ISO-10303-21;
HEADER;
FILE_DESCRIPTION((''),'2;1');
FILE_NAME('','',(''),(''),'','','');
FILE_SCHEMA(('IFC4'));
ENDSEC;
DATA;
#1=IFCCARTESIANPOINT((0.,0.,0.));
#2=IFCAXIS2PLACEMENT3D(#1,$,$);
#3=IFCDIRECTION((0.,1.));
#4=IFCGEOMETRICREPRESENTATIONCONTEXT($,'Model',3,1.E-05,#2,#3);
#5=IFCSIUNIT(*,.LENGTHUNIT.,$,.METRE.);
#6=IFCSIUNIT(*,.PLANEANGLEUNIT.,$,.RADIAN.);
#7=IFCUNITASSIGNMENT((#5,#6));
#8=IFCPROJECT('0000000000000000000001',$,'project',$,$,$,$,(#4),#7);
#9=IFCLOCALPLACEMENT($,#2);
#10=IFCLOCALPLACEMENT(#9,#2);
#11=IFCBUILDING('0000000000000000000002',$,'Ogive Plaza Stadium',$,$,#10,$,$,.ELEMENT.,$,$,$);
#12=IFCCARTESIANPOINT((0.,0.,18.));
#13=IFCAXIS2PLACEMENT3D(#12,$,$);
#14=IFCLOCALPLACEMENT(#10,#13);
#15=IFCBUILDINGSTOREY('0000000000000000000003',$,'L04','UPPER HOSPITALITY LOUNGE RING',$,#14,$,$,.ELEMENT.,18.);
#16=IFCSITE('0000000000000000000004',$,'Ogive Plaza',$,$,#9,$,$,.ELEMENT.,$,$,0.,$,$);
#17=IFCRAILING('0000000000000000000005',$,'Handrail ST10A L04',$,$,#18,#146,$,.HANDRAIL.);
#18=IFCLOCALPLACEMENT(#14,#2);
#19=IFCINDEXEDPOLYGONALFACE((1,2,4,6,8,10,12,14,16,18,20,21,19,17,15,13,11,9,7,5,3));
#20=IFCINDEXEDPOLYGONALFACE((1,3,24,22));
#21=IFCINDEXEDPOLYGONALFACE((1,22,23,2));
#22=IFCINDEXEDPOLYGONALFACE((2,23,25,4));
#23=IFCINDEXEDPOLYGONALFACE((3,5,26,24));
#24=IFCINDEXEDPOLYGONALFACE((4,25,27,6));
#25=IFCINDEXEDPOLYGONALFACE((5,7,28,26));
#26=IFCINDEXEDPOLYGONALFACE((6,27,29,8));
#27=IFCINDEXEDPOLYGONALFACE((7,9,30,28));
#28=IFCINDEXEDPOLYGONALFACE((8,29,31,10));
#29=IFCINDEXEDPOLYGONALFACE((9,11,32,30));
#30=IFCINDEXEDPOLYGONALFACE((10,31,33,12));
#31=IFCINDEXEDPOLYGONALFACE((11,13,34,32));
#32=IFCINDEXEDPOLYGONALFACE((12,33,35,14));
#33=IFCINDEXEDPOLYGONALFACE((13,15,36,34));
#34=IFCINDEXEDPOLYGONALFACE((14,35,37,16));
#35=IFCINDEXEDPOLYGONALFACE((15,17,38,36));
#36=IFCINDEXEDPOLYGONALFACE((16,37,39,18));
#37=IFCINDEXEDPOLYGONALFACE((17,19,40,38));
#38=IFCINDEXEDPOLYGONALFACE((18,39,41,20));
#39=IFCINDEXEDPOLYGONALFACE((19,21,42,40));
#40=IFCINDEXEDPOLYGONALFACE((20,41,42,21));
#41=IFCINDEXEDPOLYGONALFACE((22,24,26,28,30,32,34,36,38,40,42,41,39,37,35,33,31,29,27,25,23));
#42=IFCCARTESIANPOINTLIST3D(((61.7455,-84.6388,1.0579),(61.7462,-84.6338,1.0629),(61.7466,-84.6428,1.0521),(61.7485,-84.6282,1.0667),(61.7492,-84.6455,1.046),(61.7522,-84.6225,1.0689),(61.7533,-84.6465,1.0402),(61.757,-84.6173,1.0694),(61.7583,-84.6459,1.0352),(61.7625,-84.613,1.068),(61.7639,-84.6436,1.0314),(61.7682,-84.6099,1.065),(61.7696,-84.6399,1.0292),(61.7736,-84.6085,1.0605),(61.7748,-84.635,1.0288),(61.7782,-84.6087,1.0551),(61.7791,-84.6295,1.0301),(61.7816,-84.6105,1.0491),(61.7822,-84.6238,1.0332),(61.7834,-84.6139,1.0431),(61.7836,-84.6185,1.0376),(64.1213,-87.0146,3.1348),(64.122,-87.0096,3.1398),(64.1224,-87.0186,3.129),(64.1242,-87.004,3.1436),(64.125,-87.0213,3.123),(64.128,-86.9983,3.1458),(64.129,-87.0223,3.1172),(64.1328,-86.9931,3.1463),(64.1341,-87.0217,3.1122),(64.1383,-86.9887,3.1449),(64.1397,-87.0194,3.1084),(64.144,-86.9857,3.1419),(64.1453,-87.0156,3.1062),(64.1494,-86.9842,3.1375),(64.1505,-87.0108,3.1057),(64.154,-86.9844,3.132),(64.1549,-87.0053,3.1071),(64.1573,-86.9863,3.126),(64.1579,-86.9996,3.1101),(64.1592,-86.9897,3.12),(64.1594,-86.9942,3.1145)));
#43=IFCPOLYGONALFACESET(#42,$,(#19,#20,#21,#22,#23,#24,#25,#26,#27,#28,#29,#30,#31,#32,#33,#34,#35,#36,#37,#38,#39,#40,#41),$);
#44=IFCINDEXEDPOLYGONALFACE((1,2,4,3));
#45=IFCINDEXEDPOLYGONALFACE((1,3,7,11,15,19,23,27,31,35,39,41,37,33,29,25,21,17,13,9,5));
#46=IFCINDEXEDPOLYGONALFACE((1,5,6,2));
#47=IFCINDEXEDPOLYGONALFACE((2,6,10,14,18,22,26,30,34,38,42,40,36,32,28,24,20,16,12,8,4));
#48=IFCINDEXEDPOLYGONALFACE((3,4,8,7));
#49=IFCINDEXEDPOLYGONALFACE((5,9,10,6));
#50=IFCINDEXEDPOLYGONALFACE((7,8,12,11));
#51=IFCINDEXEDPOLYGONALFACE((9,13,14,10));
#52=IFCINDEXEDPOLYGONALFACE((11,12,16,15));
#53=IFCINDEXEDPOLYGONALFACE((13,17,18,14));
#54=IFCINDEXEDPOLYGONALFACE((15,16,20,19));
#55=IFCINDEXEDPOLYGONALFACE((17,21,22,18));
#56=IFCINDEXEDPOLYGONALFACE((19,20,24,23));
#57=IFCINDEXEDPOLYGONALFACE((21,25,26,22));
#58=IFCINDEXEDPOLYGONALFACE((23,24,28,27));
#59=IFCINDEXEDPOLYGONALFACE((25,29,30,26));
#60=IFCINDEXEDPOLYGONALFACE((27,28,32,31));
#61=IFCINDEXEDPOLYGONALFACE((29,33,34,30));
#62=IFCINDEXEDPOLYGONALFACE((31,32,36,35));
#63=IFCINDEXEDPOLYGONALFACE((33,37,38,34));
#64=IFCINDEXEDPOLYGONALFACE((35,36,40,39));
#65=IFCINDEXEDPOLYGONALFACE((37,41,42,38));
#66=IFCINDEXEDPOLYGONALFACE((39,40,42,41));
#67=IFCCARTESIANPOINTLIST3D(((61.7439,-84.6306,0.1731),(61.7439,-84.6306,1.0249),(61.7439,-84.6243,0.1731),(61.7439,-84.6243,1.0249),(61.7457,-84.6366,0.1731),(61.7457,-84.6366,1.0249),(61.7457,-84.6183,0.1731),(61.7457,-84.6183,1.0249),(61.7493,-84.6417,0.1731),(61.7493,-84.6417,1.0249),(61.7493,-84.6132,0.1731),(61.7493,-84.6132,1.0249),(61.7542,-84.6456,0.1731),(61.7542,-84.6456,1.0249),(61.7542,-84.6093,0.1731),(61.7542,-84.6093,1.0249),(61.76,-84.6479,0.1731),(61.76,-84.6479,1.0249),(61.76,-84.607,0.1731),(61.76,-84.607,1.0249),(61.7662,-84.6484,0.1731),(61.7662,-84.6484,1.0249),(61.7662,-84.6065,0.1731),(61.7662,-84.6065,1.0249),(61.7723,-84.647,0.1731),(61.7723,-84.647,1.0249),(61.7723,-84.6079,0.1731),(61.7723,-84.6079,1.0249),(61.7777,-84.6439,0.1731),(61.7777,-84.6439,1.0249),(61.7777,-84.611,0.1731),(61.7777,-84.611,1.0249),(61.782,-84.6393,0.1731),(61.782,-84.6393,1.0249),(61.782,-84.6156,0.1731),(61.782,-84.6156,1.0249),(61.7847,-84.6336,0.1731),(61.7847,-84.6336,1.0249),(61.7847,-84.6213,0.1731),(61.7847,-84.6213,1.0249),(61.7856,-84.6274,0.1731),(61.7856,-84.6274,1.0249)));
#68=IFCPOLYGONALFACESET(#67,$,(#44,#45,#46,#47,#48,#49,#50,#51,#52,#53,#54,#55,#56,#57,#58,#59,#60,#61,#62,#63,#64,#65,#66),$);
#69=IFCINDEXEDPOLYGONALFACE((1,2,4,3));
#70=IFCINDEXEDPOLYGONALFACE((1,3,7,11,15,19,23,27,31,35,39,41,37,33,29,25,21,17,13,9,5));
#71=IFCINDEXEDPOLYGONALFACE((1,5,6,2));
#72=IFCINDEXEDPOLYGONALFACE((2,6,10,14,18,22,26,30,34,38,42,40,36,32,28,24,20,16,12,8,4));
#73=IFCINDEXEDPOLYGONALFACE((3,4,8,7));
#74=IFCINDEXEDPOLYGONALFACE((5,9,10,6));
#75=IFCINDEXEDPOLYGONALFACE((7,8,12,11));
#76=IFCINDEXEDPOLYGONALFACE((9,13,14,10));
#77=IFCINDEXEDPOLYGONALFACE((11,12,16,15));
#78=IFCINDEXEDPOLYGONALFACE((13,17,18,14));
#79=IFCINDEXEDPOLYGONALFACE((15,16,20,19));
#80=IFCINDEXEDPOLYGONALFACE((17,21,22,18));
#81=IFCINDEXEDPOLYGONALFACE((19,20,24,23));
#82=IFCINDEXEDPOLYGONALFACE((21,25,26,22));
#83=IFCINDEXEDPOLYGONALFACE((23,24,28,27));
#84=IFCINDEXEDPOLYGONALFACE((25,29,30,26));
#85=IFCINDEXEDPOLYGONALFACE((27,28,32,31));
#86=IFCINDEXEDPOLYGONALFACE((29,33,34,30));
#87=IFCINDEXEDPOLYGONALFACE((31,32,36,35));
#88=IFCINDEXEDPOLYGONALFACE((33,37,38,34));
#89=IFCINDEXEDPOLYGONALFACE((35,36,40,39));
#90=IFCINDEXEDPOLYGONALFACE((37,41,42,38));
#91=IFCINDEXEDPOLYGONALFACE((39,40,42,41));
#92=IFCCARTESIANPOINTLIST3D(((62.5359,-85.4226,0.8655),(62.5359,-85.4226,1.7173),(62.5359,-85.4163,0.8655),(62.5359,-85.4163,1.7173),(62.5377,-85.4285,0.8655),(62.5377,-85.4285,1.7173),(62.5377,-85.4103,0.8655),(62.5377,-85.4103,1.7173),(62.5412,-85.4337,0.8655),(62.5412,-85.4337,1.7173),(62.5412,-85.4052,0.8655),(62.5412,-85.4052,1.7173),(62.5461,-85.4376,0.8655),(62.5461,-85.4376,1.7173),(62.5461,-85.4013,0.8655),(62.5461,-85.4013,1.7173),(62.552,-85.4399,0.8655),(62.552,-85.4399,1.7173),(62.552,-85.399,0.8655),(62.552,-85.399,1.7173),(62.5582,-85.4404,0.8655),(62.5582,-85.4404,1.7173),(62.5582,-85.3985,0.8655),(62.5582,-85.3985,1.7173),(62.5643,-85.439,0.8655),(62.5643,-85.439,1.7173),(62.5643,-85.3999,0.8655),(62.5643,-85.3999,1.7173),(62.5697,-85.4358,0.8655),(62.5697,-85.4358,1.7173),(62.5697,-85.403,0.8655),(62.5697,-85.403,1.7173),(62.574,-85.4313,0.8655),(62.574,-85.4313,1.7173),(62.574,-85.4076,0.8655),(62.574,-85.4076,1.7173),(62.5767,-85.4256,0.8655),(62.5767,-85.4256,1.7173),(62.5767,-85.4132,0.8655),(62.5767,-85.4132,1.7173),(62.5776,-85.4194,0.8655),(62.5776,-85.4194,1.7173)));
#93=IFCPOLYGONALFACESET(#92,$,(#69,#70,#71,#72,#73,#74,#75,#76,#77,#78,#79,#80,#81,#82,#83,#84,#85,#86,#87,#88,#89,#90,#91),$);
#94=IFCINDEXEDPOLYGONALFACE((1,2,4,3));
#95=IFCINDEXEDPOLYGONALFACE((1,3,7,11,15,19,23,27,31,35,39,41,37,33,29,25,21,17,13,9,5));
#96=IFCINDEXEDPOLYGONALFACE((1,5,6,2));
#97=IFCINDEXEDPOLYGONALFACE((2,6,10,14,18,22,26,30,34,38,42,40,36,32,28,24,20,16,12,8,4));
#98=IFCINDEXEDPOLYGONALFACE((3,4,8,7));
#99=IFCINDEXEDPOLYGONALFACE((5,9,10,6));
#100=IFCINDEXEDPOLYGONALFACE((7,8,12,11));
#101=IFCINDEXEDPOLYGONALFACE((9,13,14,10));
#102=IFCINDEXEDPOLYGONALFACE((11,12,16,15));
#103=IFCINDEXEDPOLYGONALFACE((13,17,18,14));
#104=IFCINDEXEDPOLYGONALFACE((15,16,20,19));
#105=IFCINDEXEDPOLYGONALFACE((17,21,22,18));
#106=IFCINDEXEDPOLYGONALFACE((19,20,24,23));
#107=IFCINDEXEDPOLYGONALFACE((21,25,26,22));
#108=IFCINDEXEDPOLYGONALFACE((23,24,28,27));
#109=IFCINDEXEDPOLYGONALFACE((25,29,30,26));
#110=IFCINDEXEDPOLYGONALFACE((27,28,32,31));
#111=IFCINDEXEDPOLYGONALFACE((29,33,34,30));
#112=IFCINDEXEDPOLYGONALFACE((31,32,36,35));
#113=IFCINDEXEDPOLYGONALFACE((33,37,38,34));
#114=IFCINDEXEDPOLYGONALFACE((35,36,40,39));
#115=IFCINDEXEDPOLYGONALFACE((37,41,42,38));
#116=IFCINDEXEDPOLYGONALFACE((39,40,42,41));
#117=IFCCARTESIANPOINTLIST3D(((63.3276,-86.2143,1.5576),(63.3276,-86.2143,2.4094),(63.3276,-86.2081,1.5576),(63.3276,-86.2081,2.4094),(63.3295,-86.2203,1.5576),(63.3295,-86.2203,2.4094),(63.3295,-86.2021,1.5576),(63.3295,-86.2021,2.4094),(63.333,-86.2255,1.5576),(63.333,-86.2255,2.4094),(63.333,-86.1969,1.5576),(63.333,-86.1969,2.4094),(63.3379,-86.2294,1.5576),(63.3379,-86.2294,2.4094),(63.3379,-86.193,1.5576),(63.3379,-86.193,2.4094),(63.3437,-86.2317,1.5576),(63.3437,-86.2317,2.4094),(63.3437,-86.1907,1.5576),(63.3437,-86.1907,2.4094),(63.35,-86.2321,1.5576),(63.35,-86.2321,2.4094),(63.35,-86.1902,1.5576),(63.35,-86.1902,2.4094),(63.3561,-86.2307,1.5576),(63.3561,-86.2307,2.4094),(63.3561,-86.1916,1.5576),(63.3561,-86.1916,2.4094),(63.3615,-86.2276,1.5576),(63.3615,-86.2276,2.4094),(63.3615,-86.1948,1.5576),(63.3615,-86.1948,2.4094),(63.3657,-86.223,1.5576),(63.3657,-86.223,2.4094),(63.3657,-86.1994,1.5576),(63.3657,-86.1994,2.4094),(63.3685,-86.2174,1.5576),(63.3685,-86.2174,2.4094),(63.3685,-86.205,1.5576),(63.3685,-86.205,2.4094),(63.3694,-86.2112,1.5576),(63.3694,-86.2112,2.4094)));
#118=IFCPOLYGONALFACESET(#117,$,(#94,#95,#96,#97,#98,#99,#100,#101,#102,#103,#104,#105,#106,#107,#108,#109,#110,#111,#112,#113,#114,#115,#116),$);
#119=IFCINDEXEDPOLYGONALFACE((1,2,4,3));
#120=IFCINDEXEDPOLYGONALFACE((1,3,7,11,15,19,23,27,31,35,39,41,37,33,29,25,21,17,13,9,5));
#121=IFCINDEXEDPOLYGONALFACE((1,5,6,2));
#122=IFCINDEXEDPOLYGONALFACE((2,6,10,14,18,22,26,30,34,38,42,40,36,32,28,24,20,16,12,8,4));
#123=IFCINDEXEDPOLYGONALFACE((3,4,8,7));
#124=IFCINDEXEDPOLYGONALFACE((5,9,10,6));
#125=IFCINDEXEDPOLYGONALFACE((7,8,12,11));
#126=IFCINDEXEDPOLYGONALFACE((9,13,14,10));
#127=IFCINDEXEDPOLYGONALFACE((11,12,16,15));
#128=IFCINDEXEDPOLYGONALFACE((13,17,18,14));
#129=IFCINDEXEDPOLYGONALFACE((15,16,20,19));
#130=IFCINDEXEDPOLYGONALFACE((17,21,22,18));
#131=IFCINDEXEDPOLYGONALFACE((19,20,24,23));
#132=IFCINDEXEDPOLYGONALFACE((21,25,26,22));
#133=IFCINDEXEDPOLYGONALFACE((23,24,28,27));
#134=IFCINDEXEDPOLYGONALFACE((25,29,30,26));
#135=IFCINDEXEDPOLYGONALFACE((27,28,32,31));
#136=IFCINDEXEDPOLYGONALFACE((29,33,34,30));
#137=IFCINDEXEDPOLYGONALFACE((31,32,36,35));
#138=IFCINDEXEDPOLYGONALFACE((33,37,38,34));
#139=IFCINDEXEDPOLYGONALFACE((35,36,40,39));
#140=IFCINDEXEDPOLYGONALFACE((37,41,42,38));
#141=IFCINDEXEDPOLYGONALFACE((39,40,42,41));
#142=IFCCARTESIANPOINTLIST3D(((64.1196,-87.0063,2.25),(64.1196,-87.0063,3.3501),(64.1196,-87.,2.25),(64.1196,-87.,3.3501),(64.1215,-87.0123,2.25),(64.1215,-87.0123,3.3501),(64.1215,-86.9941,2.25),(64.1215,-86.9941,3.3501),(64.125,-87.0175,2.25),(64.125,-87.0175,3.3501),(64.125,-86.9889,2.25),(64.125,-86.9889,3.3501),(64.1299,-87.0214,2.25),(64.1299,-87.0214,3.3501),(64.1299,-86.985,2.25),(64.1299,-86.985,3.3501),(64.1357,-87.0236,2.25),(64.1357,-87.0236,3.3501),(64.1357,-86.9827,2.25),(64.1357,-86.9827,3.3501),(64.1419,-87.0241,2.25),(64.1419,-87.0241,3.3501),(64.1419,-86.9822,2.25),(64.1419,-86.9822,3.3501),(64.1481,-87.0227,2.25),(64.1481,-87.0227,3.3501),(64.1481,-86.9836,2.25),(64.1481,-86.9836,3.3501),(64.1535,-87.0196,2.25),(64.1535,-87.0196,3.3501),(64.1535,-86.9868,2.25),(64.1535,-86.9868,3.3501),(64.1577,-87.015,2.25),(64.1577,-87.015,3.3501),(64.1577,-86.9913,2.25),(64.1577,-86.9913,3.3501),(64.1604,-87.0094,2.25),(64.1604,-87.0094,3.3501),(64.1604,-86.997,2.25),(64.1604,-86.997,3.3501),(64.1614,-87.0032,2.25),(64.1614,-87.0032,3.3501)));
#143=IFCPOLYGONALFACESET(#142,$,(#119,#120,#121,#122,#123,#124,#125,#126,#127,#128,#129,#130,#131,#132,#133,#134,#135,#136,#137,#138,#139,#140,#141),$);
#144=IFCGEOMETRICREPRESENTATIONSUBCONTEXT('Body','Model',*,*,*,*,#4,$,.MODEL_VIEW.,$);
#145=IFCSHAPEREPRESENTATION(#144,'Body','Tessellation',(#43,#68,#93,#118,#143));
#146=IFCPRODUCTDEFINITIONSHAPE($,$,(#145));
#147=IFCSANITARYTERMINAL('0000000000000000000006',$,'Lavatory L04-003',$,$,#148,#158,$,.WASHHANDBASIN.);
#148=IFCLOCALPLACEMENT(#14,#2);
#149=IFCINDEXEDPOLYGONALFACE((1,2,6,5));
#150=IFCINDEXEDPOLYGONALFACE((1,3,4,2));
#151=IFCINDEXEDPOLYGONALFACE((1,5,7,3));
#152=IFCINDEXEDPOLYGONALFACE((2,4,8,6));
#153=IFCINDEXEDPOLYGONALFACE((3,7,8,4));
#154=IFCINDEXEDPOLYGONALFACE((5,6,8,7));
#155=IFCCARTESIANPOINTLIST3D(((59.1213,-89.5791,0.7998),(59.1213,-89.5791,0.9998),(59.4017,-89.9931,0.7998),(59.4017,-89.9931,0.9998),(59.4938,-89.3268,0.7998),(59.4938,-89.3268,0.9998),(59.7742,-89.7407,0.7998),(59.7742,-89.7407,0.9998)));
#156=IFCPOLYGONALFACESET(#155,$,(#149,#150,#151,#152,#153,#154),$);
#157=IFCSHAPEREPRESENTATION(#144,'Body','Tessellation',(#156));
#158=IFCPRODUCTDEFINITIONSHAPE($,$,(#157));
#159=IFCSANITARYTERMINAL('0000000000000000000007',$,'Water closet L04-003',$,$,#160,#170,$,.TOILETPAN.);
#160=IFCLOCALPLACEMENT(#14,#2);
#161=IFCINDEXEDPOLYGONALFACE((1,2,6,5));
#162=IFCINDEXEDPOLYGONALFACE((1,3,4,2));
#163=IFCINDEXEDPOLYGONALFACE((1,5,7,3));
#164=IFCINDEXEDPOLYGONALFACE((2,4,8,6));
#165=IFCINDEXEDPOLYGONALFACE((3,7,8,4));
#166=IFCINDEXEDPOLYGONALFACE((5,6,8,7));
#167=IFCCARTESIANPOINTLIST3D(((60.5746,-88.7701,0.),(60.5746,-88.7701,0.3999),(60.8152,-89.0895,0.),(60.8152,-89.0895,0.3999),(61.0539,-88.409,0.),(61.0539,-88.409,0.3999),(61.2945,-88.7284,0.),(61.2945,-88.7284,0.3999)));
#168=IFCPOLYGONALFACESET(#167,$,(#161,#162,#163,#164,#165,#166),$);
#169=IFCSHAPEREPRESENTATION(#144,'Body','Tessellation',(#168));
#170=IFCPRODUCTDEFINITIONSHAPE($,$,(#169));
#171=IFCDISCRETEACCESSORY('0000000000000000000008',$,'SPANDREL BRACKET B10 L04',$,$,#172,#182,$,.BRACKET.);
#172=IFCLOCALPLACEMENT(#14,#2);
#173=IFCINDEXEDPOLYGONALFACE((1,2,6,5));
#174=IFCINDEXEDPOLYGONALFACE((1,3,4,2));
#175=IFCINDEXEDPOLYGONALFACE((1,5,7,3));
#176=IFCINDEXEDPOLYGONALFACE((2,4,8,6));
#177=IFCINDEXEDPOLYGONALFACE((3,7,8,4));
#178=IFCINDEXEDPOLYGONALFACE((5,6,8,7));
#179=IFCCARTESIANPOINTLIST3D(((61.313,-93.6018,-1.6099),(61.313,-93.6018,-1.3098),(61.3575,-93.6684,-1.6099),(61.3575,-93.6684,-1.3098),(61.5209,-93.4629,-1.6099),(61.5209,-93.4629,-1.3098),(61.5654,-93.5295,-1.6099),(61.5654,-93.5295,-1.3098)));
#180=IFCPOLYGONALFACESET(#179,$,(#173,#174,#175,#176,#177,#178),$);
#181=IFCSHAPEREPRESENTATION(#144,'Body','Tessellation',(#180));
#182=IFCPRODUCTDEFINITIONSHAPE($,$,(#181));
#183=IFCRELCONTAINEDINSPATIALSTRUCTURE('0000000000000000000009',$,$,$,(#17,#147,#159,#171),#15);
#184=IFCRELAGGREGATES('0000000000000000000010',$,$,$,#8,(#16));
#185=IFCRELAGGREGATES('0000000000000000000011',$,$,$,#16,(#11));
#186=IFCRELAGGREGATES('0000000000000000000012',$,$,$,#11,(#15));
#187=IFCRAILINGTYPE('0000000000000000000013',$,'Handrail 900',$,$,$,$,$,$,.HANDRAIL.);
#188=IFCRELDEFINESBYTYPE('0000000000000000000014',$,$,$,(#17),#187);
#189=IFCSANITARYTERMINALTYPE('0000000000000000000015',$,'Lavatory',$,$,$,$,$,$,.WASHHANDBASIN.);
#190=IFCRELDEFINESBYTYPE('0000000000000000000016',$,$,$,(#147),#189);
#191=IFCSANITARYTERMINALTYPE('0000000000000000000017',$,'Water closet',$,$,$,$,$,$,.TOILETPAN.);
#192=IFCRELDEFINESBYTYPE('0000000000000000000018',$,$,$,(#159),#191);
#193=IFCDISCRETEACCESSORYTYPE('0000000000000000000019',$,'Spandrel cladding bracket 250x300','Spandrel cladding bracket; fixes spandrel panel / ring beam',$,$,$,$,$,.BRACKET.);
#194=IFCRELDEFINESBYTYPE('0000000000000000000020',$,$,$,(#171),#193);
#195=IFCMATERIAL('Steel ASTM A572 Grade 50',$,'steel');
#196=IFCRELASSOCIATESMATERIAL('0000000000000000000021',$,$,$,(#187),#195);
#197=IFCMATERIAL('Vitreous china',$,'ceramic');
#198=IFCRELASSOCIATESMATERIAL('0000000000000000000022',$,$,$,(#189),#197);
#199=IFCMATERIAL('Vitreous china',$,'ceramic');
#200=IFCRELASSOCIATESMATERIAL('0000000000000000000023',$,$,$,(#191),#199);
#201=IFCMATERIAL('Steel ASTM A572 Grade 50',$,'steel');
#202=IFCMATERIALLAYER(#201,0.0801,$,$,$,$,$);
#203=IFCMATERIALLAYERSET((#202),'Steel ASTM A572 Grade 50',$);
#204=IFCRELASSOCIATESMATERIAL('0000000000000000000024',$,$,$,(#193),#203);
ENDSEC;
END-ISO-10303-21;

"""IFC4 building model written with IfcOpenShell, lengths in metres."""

from ifc_helpers import new_model, si_unit, direction, frame, origin, origin_2d, place, context, subcontext, project, spatial, rectangle, circle, extrude, material, layer, layer_set, type_object, element, save


model = new_model("IFC4")

# Units and contexts
model_context = context("Model", 3, precision=1e-05, world=origin(), true_north=direction((0.0, 1.0)))
body_context = subcontext(model_context, "Body", "Model", "MODEL_VIEW")
ifc_project = project(units=[si_unit("LENGTHUNIT", "METRE"), si_unit("PLANEANGLEUNIT", "RADIAN")], contexts=[model_context])

# Site, building, storey
site_placement = place(None, origin())
site = spatial("IfcSite", under=ifc_project, at=site_placement, Name="Ogive Plaza", CompositionType="ELEMENT", RefElevation=0.0)
building_placement = place(site_placement, origin())
building = spatial("IfcBuilding", under=site, at=building_placement, Name="Ogive Plaza Stadium", CompositionType="ELEMENT")
storey_placement = place(building_placement, frame((0.0, 0.0, 18.0)))
storey = spatial("IfcBuildingStorey", under=building, at=storey_placement, Name="L04", Description="UPPER HOSPITALITY LOUNGE RING", CompositionType="ELEMENT", Elevation=18.0)

# Railing
ifc_material_1 = material(Name="Steel ASTM A572 Grade 50", Category="steel")
railing_type_1 = type_object("IfcRailingType", Name="Handrail 900", PredefinedType="HANDRAIL", material=ifc_material_1)
railing_1_placement = place(storey_placement, frame((61.7646, -84.6274, 0.1731)))
element("IfcRailing", 1, at=railing_1_placement, inside=storey, type_object=railing_type_1, Name="Handrail ST10A L04", PredefinedType="HANDRAIL", context=body_context, shape_type="SweptSolid", body=[
    extrude(circle(Radius=0.0239, at=origin_2d()), frame((0.0, 0.0, 0.876), z_axis=(0.601466, -0.601466, 0.525811), x_axis=(0.707107, 0.707107, 0.0)), (0.0, 0.0, 1.0), 3.95),
    extrude(circle(Radius=0.021, at=origin_2d()), origin(), (0.0, 0.0, 1.0), 0.8518),
    extrude(circle(Radius=0.021, at=origin_2d()), frame((0.792, -0.792, 0.6924)), (0.0, 0.0, 1.0), 0.8518),
    extrude(circle(Radius=0.021, at=origin_2d()), frame((1.5837, -1.5837, 1.3845)), (0.0, 0.0, 1.0), 0.8518),
    extrude(circle(Radius=0.021, at=origin_2d()), frame((2.3757, -2.3757, 2.0769)), (0.0, 0.0, 1.0), 1.1001),
])

# Sanitary terminals
ifc_material_2 = material(Name="Vitreous china", Category="ceramic")
sanitary_terminal_type_1 = type_object("IfcSanitaryTerminalType", Name="Lavatory", PredefinedType="WASHHANDBASIN", material=ifc_material_2)
sanitary_terminal_1_placement = place(storey_placement, frame((59.4478, -89.6599, 0.7998), z_axis=(0.0, 0.0, 1.0), x_axis=(-0.560898, 0.827885, 0.0)))
element("IfcSanitaryTerminal", 2, at=sanitary_terminal_1_placement, inside=storey, type_object=sanitary_terminal_type_1, Name="Lavatory L04-003", PredefinedType="WASHHANDBASIN", context=body_context, shape_type="SweptSolid", body=[
    extrude(rectangle(XDim=0.5, YDim=0.45, at=origin_2d()), origin(), (0.0, 0.0, 1.0), 0.2),
])
ifc_material_3 = material(Name="Vitreous china", Category="ceramic")
sanitary_terminal_type_2 = type_object("IfcSanitaryTerminalType", Name="Water closet", PredefinedType="TOILETPAN", material=ifc_material_3)
sanitary_terminal_2_placement = place(storey_placement, frame((60.9346, -88.7493, 0.0), z_axis=(0.0, 0.0, 1.0), x_axis=(-0.601736, 0.798695, 0.0)))
element("IfcSanitaryTerminal", 3, at=sanitary_terminal_2_placement, inside=storey, type_object=sanitary_terminal_type_2, Name="Water closet L04-003", PredefinedType="TOILETPAN", context=body_context, shape_type="SweptSolid", body=[
    extrude(rectangle(XDim=0.3999, YDim=0.6001, at=origin_2d()), origin(), (0.0, 0.0, 1.0), 0.3999),
])

# Discrete accessory
ifc_material_4 = material(Name="Steel ASTM A572 Grade 50", Category="steel")
ifc_layer_1 = layer(ifc_material_4, 0.0801)
ifc_layer_set_1 = layer_set([ifc_layer_1], Name="Steel ASTM A572 Grade 50")
discrete_accessory_type = type_object("IfcDiscreteAccessoryType", Name="Spandrel cladding bracket 250x300", Description="Spandrel cladding bracket; fixes spandrel panel / ring beam", PredefinedType="BRACKET", material=ifc_layer_set_1)
discrete_accessory_placement = place(storey_placement, frame((61.4392, -93.5657, -1.6099), z_axis=(0.0, 0.0, 1.0), x_axis=(-0.83147, -0.55557, 0.0)))
element("IfcDiscreteAccessory", 4, at=discrete_accessory_placement, inside=storey, type_object=discrete_accessory_type, Name="SPANDREL BRACKET B10 L04", PredefinedType="BRACKET", context=body_context, shape_type="SweptSolid", body=[
    extrude(rectangle(XDim=0.25, YDim=0.0801, at=origin_2d()), origin(), (0.0, 0.0, 1.0), 0.3),
])

save(model, "model.ifc")
